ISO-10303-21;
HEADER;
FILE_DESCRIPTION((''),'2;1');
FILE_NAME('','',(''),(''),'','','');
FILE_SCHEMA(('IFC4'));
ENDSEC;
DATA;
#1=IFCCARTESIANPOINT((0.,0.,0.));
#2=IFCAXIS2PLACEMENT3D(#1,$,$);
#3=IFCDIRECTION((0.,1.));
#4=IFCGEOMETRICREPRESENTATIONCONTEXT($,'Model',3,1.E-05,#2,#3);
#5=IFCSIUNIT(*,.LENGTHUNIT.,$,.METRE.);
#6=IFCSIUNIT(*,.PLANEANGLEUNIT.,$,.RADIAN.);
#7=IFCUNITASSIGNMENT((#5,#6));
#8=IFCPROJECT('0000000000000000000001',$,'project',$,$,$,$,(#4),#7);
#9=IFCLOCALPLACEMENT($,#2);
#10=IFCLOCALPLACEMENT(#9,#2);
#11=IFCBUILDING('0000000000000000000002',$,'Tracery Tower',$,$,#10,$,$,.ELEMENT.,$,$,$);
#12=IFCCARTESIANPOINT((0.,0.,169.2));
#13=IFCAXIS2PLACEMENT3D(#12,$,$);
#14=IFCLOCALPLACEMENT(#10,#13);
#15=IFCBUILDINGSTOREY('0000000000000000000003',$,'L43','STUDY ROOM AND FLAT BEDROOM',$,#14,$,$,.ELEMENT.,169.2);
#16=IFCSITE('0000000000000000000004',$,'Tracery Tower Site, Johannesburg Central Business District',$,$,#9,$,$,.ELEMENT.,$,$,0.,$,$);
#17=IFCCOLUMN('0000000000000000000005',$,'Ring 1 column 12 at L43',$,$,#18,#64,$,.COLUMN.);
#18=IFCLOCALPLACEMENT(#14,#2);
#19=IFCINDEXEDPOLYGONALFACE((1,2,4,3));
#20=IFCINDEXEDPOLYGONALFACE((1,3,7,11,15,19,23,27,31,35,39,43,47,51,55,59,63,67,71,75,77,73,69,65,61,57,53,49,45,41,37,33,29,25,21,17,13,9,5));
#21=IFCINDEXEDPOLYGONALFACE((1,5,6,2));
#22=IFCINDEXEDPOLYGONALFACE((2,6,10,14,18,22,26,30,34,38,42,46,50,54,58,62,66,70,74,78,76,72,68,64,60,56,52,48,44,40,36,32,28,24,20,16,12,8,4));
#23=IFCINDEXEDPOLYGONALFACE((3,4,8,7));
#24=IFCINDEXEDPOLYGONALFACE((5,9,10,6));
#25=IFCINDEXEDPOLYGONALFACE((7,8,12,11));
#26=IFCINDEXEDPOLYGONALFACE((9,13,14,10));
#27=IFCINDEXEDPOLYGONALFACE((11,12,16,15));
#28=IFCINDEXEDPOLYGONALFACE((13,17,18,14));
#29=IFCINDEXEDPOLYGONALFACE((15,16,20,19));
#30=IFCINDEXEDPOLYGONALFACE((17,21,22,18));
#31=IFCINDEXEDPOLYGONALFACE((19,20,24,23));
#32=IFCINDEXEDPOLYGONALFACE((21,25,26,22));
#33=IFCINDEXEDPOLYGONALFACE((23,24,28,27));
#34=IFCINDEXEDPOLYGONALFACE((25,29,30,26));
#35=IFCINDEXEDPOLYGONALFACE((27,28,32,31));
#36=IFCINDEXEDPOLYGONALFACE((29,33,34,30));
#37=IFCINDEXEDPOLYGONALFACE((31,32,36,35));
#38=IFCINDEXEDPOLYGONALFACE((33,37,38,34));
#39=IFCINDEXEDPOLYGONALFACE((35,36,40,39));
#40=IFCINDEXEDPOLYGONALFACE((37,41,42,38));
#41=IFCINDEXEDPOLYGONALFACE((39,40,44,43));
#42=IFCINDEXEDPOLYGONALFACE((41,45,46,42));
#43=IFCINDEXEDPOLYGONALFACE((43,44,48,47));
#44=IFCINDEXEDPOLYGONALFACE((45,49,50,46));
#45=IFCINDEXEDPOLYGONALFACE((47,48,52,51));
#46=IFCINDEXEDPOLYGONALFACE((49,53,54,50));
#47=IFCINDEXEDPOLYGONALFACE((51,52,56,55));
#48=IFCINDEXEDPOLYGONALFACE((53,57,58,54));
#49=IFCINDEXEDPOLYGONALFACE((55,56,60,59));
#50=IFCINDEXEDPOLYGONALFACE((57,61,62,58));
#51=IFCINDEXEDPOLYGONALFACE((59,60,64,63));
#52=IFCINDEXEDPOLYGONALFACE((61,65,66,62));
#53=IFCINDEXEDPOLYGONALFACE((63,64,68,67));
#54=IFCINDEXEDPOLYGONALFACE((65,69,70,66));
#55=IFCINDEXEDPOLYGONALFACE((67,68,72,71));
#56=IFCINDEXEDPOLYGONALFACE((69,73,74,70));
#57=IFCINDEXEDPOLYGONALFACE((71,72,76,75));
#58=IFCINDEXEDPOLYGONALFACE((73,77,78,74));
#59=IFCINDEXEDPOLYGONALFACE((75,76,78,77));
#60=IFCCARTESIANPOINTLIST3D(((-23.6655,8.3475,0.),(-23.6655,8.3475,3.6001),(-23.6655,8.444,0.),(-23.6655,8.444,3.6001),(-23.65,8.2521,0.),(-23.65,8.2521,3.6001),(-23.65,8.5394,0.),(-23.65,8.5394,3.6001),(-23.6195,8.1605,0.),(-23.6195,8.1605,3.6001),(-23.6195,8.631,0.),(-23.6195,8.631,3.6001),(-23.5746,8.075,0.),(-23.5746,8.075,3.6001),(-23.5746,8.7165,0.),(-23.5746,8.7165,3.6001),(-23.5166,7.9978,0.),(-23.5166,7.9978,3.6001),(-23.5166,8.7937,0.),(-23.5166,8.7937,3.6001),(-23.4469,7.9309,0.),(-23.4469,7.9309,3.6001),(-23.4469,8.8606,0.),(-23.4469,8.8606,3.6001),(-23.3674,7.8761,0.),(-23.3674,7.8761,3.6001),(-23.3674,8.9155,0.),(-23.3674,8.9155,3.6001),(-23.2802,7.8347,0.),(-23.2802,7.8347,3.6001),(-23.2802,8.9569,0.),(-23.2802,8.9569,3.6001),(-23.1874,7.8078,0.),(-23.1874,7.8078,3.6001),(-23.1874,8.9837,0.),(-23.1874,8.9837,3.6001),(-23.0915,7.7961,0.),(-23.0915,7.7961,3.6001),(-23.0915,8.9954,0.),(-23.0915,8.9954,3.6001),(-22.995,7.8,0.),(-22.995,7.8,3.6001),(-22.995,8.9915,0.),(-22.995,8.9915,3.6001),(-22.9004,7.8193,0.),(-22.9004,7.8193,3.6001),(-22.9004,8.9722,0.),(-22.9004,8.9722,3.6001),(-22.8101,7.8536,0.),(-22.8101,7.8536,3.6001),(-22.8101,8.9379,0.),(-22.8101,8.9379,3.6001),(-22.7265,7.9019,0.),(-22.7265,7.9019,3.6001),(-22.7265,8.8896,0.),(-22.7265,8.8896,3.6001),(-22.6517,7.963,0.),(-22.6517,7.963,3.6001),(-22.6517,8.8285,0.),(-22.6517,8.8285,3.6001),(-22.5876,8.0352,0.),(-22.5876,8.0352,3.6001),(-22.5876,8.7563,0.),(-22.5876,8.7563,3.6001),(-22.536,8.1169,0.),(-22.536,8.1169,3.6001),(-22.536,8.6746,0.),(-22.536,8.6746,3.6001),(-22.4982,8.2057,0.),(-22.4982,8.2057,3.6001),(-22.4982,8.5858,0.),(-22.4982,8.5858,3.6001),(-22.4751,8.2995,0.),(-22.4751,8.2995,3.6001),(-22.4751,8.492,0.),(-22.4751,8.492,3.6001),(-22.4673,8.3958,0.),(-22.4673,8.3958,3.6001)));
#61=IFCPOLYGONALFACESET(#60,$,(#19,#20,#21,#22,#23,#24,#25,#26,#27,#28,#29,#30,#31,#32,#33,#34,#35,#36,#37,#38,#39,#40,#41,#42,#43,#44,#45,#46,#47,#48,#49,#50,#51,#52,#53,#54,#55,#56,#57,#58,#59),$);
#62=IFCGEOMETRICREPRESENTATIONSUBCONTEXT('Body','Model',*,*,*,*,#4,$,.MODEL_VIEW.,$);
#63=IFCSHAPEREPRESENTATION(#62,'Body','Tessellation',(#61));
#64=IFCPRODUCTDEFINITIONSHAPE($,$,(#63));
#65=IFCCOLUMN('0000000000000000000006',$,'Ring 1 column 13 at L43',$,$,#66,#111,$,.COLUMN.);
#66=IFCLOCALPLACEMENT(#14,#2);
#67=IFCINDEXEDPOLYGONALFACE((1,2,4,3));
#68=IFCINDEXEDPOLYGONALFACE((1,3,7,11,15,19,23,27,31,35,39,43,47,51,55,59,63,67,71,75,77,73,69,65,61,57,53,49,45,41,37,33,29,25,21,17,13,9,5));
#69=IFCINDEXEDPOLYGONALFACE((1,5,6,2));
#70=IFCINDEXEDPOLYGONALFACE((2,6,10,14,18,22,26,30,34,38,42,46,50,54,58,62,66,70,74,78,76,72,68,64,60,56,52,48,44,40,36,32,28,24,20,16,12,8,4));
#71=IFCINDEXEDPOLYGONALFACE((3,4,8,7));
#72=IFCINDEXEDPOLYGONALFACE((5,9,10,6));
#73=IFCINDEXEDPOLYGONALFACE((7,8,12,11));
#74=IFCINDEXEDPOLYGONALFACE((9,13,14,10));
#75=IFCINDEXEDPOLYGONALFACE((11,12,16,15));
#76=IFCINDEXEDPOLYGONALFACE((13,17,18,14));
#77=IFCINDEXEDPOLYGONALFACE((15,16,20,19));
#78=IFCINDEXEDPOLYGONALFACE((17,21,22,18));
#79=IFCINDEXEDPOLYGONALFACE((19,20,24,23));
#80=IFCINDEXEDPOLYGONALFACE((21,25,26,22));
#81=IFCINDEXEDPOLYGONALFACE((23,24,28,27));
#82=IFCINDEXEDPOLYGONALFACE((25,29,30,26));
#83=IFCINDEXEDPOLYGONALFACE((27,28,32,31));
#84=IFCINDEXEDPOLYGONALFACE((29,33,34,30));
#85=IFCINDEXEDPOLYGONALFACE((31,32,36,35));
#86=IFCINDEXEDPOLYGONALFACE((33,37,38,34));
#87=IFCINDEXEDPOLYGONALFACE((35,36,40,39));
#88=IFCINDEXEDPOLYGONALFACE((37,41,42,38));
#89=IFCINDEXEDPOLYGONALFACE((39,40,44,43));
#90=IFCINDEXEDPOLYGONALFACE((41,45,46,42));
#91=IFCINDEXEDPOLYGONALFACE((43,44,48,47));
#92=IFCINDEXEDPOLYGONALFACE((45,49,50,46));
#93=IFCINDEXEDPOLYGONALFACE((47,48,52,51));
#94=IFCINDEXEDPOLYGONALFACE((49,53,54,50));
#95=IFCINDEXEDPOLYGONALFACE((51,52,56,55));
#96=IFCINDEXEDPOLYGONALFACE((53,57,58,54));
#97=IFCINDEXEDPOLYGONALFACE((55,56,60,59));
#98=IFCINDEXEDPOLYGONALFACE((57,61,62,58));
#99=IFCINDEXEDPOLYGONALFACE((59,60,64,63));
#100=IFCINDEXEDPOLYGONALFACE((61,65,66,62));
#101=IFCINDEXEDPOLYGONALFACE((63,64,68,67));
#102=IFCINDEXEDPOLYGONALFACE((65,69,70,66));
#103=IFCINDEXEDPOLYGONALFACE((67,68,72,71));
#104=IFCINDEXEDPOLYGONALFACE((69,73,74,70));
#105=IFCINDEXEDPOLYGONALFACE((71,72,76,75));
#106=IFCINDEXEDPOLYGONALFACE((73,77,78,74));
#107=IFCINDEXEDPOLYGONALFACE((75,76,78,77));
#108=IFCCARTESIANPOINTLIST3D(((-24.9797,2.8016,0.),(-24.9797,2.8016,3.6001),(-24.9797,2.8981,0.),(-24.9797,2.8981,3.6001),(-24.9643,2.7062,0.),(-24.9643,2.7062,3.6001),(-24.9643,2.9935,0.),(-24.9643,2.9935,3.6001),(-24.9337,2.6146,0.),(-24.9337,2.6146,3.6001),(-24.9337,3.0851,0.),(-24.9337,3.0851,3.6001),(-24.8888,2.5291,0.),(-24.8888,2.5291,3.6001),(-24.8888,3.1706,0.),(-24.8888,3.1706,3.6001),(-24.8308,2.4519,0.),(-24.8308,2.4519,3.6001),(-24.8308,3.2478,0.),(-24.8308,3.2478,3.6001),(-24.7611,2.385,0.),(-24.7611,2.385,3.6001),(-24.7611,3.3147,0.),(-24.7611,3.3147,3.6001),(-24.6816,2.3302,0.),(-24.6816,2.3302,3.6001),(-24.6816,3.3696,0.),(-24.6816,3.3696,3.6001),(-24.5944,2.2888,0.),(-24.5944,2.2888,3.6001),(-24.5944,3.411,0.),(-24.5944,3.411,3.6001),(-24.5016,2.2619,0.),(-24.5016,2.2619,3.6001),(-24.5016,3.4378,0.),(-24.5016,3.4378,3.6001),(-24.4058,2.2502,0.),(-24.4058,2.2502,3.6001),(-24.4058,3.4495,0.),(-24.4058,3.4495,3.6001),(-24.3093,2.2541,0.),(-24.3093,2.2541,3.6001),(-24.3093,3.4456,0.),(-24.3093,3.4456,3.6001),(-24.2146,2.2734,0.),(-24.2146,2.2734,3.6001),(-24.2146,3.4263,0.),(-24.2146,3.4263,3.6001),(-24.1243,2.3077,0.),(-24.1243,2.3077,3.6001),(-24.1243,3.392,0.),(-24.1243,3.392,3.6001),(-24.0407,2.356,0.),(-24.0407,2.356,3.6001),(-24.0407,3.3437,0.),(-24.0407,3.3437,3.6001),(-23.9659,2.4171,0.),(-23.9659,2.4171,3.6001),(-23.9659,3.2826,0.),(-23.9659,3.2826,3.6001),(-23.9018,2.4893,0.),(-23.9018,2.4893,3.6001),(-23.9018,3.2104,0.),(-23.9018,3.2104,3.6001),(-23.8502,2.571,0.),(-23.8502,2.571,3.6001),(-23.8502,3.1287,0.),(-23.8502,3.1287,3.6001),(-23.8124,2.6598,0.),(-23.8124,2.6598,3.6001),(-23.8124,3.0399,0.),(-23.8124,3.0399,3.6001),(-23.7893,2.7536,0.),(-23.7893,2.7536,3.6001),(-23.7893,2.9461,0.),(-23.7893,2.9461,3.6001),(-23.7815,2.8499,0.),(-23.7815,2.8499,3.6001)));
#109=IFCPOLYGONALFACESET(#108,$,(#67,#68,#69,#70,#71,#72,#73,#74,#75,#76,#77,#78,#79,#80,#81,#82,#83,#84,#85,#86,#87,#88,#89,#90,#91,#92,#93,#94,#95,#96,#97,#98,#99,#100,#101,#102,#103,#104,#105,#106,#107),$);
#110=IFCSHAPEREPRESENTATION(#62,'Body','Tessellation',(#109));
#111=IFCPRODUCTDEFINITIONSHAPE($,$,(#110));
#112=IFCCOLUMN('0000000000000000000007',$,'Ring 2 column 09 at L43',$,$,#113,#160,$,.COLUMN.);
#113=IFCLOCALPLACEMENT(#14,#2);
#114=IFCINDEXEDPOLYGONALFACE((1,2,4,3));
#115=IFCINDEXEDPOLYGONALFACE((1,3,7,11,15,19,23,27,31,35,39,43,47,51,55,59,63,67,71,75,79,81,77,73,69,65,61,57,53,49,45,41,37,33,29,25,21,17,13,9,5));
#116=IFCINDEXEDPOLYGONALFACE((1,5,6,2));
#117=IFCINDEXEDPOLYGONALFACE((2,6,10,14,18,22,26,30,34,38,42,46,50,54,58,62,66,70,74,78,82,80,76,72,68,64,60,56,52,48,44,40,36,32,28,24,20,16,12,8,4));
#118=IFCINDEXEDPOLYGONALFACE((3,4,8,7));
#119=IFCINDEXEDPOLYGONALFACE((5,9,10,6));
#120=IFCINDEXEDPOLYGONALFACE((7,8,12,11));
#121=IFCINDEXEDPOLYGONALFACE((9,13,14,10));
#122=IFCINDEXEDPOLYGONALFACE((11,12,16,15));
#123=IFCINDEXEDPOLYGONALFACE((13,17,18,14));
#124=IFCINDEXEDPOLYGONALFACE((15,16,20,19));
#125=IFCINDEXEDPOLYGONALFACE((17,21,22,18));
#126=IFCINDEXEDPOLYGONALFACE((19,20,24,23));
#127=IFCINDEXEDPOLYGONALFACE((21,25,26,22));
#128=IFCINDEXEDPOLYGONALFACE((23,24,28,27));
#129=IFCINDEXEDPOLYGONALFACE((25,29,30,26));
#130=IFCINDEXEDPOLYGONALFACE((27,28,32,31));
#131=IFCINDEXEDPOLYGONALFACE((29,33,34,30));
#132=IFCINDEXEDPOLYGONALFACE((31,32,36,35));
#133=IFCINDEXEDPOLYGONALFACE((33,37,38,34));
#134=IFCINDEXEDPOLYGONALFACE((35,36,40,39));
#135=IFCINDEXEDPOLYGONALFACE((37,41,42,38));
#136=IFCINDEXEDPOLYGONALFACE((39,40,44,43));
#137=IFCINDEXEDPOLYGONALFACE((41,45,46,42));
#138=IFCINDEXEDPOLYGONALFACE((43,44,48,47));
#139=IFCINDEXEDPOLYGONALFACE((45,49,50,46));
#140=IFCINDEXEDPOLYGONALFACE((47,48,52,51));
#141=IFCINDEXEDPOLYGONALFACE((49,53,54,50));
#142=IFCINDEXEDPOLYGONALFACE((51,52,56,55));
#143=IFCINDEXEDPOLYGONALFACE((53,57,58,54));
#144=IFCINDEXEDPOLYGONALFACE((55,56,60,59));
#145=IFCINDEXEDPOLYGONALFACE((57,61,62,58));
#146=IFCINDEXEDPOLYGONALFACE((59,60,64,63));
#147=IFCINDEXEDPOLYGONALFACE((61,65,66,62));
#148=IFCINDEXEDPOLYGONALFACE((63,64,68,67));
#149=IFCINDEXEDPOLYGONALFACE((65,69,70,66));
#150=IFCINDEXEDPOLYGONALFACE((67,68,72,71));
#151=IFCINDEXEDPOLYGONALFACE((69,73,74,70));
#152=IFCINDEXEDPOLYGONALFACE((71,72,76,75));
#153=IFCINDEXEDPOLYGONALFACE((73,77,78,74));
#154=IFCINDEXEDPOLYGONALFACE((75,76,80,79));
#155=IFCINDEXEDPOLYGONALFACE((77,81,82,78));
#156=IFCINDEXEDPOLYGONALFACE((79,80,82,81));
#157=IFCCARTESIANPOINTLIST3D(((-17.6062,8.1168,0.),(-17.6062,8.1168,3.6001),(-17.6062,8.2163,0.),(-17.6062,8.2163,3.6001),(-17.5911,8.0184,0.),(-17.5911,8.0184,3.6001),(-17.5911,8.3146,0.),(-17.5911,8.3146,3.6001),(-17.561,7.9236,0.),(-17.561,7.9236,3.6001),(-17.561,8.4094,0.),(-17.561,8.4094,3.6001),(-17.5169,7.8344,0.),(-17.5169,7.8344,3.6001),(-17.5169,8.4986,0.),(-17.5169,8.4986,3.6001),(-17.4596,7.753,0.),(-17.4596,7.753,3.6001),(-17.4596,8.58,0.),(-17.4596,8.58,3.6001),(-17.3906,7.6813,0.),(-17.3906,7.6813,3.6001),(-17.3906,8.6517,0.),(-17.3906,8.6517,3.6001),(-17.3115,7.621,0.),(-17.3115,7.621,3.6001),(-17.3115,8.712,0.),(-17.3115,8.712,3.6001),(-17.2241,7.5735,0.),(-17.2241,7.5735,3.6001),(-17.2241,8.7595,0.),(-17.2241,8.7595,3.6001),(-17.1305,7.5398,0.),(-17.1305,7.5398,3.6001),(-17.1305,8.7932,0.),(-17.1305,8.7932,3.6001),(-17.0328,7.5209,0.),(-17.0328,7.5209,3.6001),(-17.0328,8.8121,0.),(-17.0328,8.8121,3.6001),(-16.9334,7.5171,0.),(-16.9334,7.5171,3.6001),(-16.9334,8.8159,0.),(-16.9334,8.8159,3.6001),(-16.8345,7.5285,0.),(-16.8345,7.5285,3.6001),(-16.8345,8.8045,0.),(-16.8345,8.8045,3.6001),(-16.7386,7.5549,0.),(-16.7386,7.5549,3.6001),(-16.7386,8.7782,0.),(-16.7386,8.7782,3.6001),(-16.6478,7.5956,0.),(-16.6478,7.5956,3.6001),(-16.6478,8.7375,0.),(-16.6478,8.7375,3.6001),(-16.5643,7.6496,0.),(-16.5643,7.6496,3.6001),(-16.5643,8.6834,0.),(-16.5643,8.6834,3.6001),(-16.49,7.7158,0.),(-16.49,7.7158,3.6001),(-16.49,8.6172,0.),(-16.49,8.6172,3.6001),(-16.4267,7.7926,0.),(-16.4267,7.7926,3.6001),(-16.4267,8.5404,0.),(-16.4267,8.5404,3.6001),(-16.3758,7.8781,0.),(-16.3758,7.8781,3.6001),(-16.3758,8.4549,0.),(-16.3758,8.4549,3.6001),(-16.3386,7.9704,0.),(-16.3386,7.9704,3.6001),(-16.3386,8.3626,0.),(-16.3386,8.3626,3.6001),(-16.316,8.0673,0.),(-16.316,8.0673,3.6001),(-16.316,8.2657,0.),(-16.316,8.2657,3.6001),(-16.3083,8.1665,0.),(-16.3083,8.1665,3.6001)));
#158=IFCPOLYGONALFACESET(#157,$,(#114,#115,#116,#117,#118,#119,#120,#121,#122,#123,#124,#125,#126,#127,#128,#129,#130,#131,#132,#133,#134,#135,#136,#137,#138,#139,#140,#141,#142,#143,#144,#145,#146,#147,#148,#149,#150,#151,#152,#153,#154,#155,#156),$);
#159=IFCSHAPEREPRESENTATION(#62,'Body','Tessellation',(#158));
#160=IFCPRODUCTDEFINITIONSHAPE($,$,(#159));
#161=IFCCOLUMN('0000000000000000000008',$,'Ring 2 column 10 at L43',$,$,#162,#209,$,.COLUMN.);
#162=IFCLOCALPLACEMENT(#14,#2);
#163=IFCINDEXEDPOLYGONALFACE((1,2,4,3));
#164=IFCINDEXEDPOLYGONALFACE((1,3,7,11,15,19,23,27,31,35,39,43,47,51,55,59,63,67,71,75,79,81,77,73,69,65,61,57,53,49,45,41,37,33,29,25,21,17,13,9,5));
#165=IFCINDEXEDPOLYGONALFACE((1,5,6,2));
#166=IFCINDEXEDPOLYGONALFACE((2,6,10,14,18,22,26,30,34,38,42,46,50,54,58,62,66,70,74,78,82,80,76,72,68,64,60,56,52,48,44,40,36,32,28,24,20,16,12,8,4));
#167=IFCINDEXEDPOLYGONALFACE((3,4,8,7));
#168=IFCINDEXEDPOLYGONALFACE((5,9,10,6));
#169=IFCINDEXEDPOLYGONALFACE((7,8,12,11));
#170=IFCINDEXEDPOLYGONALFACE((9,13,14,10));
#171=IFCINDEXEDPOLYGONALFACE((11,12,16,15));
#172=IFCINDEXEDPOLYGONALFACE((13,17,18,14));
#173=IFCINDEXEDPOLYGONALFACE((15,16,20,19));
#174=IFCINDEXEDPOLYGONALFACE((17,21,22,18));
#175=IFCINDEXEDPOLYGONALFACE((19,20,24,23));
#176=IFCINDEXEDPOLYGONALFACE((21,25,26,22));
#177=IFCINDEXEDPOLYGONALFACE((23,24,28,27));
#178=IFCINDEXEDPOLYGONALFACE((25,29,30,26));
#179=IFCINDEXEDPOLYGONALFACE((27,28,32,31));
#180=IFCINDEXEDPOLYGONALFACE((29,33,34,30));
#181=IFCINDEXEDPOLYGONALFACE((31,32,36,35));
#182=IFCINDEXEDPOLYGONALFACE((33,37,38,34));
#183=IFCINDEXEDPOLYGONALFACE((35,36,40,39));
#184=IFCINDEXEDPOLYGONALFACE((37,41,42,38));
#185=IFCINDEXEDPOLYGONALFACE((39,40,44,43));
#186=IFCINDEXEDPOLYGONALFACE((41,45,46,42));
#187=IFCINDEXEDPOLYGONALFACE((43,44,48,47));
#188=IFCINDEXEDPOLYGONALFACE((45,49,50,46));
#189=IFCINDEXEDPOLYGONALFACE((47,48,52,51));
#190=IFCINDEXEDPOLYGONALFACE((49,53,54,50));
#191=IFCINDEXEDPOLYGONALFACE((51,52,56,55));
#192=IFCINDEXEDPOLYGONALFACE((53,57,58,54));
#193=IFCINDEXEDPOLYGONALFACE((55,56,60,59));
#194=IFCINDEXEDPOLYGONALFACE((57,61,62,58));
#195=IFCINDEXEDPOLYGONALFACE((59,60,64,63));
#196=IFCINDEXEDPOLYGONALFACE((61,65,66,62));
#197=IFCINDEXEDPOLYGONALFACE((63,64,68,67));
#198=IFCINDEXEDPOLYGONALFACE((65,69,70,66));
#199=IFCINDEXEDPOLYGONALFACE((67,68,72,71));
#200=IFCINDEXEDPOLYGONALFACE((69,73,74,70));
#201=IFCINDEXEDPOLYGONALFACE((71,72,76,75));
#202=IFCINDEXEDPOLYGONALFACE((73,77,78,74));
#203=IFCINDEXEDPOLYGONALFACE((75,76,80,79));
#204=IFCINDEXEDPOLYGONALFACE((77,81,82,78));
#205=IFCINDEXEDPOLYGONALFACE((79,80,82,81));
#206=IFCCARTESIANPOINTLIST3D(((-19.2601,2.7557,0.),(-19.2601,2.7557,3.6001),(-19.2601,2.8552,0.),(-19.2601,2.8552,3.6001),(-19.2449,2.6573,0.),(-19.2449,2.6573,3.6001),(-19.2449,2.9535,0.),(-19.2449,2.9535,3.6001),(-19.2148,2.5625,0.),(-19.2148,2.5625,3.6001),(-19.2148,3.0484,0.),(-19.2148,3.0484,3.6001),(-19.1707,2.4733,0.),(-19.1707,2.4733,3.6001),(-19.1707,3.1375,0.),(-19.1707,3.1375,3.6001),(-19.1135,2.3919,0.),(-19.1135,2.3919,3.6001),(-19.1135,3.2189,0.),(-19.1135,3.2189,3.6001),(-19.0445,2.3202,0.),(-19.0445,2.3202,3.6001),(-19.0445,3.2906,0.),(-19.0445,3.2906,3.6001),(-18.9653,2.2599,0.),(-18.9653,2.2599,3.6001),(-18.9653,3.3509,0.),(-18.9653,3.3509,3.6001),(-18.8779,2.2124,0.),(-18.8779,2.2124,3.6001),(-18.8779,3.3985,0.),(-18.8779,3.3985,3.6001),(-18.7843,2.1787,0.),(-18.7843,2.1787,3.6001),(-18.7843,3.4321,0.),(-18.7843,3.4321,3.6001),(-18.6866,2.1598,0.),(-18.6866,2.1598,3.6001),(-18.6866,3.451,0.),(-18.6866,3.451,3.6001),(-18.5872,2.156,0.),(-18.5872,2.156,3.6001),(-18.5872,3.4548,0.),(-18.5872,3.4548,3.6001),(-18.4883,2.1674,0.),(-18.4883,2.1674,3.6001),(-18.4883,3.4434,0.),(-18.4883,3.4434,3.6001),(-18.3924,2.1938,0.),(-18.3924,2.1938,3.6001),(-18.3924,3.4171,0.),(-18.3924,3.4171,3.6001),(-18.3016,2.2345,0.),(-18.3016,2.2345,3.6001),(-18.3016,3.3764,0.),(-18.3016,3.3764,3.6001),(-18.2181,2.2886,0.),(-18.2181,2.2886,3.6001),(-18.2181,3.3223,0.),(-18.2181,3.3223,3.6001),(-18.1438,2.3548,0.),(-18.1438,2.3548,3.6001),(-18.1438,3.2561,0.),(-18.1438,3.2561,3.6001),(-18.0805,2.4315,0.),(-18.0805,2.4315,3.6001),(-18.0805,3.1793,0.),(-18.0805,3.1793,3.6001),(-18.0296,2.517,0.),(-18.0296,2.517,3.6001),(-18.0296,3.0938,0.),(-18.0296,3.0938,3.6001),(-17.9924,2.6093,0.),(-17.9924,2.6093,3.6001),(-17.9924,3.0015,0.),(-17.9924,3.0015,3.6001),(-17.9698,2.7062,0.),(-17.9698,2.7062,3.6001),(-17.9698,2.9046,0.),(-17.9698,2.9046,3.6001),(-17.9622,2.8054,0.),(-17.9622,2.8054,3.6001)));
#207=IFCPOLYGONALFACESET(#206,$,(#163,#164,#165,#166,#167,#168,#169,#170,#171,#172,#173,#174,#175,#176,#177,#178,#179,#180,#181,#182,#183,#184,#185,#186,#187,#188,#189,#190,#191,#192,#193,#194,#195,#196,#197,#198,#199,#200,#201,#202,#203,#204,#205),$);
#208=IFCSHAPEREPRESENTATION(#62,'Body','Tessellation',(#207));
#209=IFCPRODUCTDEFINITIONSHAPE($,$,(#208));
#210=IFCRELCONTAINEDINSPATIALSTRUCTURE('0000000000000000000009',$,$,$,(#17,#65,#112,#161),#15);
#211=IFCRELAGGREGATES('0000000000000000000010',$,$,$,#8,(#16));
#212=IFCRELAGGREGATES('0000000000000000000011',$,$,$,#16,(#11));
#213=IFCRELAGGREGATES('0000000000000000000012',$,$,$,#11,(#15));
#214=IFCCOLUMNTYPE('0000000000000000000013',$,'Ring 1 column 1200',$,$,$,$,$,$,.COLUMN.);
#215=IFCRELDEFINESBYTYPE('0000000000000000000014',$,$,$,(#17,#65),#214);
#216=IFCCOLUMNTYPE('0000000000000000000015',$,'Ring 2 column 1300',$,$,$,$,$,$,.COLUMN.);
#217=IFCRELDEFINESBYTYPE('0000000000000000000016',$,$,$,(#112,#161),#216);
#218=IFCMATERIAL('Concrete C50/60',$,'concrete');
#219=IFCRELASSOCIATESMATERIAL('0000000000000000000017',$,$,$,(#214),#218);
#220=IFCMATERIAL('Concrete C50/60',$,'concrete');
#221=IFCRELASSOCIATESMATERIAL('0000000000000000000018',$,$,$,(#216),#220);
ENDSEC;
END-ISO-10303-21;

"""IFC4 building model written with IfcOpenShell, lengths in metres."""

from ifc_helpers import new_model, si_unit, direction, frame, origin, origin_2d, place, context, subcontext, project, spatial, circle, extrude, material, material_profile, profile_set, type_object, element, save


model = new_model("IFC4")

# Units and contexts
model_context = context("Model", 3, precision=1e-05, world=origin(), true_north=direction((0.0, 1.0)))
body_context = subcontext(model_context, "Body", "Model", "MODEL_VIEW")
ifc_project = project(units=[si_unit("LENGTHUNIT", "METRE"), si_unit("PLANEANGLEUNIT", "RADIAN")], contexts=[model_context])

# Site, building, storey
site_placement = place(None, origin())
site = spatial("IfcSite", under=ifc_project, at=site_placement, Name="Tracery Tower Site, Johannesburg Central Business District", CompositionType="ELEMENT", RefElevation=0.0)
building_placement = place(site_placement, origin())
building = spatial("IfcBuilding", under=site, at=building_placement, Name="Tracery Tower", CompositionType="ELEMENT")
storey_placement = place(building_placement, frame((0.0, 0.0, 169.2)))
storey = spatial("IfcBuildingStorey", under=building, at=storey_placement, Name="L43", Description="STUDY ROOM AND FLAT BEDROOM", CompositionType="ELEMENT", Elevation=169.2)

# Columns
ifc_material_1 = material(Name="Concrete C50/60", Category="concrete")
ifc_material_profile_1 = material_profile(ifc_material_1, circle(Radius=0.6001, at=origin_2d()), Name="RC D1200")
ifc_profile_set_1 = profile_set([ifc_material_profile_1], Name="Concrete C50/60")
column_type_1 = type_object("IfcColumnType", Name="Ring 1 column 1200", PredefinedType="COLUMN", material=ifc_profile_set_1)
for number, where, z_axis, x_axis, name in (
    (1, (-23.0674, 8.3958, 0.0), (0.0, 0.0, 1.0), (1.0, 0.0, 0.0), "Ring 1 column 12 at L43"),
    (2, (-24.3816, 2.8499, 0.0), (0.0, 0.0, 1.0), (1.0, 0.0, 0.0), "Ring 1 column 13 at L43"),
):
    element("IfcColumn", number, at=place(storey_placement, frame(where, z_axis=z_axis, x_axis=x_axis)), inside=storey, type_object=column_type_1, Name=name, PredefinedType="COLUMN", context=body_context, shape_type="SweptSolid", body=[
        extrude(circle(Radius=0.6001, at=origin_2d()), origin(), (0.0, 0.0, 1.0), 3.6001),
    ])
ifc_material_2 = material(Name="Concrete C50/60", Category="concrete")
ifc_material_profile_2 = material_profile(ifc_material_2, circle(Radius=0.6499, at=origin_2d()), Name="RC D1300")
ifc_profile_set_2 = profile_set([ifc_material_profile_2], Name="Concrete C50/60")
column_type_2 = type_object("IfcColumnType", Name="Ring 2 column 1300", PredefinedType="COLUMN", material=ifc_profile_set_2)
for number, where, z_axis, x_axis, name in (
    (3, (-16.9583, 8.1665, 0.0), (0.0, 0.0, 1.0), (1.0, 0.0, 0.0), "Ring 2 column 09 at L43"),
    (4, (-18.6121, 2.8054, 0.0), (0.0, 0.0, 1.0), (1.0, 0.0, 0.0), "Ring 2 column 10 at L43"),
):
    element("IfcColumn", number, at=place(storey_placement, frame(where, z_axis=z_axis, x_axis=x_axis)), inside=storey, type_object=column_type_2, Name=name, PredefinedType="COLUMN", context=body_context, shape_type="SweptSolid", body=[
        extrude(circle(Radius=0.6499, at=origin_2d()), origin(), (0.0, 0.0, 1.0), 3.6001),
    ])

save(model, "model.ifc")
